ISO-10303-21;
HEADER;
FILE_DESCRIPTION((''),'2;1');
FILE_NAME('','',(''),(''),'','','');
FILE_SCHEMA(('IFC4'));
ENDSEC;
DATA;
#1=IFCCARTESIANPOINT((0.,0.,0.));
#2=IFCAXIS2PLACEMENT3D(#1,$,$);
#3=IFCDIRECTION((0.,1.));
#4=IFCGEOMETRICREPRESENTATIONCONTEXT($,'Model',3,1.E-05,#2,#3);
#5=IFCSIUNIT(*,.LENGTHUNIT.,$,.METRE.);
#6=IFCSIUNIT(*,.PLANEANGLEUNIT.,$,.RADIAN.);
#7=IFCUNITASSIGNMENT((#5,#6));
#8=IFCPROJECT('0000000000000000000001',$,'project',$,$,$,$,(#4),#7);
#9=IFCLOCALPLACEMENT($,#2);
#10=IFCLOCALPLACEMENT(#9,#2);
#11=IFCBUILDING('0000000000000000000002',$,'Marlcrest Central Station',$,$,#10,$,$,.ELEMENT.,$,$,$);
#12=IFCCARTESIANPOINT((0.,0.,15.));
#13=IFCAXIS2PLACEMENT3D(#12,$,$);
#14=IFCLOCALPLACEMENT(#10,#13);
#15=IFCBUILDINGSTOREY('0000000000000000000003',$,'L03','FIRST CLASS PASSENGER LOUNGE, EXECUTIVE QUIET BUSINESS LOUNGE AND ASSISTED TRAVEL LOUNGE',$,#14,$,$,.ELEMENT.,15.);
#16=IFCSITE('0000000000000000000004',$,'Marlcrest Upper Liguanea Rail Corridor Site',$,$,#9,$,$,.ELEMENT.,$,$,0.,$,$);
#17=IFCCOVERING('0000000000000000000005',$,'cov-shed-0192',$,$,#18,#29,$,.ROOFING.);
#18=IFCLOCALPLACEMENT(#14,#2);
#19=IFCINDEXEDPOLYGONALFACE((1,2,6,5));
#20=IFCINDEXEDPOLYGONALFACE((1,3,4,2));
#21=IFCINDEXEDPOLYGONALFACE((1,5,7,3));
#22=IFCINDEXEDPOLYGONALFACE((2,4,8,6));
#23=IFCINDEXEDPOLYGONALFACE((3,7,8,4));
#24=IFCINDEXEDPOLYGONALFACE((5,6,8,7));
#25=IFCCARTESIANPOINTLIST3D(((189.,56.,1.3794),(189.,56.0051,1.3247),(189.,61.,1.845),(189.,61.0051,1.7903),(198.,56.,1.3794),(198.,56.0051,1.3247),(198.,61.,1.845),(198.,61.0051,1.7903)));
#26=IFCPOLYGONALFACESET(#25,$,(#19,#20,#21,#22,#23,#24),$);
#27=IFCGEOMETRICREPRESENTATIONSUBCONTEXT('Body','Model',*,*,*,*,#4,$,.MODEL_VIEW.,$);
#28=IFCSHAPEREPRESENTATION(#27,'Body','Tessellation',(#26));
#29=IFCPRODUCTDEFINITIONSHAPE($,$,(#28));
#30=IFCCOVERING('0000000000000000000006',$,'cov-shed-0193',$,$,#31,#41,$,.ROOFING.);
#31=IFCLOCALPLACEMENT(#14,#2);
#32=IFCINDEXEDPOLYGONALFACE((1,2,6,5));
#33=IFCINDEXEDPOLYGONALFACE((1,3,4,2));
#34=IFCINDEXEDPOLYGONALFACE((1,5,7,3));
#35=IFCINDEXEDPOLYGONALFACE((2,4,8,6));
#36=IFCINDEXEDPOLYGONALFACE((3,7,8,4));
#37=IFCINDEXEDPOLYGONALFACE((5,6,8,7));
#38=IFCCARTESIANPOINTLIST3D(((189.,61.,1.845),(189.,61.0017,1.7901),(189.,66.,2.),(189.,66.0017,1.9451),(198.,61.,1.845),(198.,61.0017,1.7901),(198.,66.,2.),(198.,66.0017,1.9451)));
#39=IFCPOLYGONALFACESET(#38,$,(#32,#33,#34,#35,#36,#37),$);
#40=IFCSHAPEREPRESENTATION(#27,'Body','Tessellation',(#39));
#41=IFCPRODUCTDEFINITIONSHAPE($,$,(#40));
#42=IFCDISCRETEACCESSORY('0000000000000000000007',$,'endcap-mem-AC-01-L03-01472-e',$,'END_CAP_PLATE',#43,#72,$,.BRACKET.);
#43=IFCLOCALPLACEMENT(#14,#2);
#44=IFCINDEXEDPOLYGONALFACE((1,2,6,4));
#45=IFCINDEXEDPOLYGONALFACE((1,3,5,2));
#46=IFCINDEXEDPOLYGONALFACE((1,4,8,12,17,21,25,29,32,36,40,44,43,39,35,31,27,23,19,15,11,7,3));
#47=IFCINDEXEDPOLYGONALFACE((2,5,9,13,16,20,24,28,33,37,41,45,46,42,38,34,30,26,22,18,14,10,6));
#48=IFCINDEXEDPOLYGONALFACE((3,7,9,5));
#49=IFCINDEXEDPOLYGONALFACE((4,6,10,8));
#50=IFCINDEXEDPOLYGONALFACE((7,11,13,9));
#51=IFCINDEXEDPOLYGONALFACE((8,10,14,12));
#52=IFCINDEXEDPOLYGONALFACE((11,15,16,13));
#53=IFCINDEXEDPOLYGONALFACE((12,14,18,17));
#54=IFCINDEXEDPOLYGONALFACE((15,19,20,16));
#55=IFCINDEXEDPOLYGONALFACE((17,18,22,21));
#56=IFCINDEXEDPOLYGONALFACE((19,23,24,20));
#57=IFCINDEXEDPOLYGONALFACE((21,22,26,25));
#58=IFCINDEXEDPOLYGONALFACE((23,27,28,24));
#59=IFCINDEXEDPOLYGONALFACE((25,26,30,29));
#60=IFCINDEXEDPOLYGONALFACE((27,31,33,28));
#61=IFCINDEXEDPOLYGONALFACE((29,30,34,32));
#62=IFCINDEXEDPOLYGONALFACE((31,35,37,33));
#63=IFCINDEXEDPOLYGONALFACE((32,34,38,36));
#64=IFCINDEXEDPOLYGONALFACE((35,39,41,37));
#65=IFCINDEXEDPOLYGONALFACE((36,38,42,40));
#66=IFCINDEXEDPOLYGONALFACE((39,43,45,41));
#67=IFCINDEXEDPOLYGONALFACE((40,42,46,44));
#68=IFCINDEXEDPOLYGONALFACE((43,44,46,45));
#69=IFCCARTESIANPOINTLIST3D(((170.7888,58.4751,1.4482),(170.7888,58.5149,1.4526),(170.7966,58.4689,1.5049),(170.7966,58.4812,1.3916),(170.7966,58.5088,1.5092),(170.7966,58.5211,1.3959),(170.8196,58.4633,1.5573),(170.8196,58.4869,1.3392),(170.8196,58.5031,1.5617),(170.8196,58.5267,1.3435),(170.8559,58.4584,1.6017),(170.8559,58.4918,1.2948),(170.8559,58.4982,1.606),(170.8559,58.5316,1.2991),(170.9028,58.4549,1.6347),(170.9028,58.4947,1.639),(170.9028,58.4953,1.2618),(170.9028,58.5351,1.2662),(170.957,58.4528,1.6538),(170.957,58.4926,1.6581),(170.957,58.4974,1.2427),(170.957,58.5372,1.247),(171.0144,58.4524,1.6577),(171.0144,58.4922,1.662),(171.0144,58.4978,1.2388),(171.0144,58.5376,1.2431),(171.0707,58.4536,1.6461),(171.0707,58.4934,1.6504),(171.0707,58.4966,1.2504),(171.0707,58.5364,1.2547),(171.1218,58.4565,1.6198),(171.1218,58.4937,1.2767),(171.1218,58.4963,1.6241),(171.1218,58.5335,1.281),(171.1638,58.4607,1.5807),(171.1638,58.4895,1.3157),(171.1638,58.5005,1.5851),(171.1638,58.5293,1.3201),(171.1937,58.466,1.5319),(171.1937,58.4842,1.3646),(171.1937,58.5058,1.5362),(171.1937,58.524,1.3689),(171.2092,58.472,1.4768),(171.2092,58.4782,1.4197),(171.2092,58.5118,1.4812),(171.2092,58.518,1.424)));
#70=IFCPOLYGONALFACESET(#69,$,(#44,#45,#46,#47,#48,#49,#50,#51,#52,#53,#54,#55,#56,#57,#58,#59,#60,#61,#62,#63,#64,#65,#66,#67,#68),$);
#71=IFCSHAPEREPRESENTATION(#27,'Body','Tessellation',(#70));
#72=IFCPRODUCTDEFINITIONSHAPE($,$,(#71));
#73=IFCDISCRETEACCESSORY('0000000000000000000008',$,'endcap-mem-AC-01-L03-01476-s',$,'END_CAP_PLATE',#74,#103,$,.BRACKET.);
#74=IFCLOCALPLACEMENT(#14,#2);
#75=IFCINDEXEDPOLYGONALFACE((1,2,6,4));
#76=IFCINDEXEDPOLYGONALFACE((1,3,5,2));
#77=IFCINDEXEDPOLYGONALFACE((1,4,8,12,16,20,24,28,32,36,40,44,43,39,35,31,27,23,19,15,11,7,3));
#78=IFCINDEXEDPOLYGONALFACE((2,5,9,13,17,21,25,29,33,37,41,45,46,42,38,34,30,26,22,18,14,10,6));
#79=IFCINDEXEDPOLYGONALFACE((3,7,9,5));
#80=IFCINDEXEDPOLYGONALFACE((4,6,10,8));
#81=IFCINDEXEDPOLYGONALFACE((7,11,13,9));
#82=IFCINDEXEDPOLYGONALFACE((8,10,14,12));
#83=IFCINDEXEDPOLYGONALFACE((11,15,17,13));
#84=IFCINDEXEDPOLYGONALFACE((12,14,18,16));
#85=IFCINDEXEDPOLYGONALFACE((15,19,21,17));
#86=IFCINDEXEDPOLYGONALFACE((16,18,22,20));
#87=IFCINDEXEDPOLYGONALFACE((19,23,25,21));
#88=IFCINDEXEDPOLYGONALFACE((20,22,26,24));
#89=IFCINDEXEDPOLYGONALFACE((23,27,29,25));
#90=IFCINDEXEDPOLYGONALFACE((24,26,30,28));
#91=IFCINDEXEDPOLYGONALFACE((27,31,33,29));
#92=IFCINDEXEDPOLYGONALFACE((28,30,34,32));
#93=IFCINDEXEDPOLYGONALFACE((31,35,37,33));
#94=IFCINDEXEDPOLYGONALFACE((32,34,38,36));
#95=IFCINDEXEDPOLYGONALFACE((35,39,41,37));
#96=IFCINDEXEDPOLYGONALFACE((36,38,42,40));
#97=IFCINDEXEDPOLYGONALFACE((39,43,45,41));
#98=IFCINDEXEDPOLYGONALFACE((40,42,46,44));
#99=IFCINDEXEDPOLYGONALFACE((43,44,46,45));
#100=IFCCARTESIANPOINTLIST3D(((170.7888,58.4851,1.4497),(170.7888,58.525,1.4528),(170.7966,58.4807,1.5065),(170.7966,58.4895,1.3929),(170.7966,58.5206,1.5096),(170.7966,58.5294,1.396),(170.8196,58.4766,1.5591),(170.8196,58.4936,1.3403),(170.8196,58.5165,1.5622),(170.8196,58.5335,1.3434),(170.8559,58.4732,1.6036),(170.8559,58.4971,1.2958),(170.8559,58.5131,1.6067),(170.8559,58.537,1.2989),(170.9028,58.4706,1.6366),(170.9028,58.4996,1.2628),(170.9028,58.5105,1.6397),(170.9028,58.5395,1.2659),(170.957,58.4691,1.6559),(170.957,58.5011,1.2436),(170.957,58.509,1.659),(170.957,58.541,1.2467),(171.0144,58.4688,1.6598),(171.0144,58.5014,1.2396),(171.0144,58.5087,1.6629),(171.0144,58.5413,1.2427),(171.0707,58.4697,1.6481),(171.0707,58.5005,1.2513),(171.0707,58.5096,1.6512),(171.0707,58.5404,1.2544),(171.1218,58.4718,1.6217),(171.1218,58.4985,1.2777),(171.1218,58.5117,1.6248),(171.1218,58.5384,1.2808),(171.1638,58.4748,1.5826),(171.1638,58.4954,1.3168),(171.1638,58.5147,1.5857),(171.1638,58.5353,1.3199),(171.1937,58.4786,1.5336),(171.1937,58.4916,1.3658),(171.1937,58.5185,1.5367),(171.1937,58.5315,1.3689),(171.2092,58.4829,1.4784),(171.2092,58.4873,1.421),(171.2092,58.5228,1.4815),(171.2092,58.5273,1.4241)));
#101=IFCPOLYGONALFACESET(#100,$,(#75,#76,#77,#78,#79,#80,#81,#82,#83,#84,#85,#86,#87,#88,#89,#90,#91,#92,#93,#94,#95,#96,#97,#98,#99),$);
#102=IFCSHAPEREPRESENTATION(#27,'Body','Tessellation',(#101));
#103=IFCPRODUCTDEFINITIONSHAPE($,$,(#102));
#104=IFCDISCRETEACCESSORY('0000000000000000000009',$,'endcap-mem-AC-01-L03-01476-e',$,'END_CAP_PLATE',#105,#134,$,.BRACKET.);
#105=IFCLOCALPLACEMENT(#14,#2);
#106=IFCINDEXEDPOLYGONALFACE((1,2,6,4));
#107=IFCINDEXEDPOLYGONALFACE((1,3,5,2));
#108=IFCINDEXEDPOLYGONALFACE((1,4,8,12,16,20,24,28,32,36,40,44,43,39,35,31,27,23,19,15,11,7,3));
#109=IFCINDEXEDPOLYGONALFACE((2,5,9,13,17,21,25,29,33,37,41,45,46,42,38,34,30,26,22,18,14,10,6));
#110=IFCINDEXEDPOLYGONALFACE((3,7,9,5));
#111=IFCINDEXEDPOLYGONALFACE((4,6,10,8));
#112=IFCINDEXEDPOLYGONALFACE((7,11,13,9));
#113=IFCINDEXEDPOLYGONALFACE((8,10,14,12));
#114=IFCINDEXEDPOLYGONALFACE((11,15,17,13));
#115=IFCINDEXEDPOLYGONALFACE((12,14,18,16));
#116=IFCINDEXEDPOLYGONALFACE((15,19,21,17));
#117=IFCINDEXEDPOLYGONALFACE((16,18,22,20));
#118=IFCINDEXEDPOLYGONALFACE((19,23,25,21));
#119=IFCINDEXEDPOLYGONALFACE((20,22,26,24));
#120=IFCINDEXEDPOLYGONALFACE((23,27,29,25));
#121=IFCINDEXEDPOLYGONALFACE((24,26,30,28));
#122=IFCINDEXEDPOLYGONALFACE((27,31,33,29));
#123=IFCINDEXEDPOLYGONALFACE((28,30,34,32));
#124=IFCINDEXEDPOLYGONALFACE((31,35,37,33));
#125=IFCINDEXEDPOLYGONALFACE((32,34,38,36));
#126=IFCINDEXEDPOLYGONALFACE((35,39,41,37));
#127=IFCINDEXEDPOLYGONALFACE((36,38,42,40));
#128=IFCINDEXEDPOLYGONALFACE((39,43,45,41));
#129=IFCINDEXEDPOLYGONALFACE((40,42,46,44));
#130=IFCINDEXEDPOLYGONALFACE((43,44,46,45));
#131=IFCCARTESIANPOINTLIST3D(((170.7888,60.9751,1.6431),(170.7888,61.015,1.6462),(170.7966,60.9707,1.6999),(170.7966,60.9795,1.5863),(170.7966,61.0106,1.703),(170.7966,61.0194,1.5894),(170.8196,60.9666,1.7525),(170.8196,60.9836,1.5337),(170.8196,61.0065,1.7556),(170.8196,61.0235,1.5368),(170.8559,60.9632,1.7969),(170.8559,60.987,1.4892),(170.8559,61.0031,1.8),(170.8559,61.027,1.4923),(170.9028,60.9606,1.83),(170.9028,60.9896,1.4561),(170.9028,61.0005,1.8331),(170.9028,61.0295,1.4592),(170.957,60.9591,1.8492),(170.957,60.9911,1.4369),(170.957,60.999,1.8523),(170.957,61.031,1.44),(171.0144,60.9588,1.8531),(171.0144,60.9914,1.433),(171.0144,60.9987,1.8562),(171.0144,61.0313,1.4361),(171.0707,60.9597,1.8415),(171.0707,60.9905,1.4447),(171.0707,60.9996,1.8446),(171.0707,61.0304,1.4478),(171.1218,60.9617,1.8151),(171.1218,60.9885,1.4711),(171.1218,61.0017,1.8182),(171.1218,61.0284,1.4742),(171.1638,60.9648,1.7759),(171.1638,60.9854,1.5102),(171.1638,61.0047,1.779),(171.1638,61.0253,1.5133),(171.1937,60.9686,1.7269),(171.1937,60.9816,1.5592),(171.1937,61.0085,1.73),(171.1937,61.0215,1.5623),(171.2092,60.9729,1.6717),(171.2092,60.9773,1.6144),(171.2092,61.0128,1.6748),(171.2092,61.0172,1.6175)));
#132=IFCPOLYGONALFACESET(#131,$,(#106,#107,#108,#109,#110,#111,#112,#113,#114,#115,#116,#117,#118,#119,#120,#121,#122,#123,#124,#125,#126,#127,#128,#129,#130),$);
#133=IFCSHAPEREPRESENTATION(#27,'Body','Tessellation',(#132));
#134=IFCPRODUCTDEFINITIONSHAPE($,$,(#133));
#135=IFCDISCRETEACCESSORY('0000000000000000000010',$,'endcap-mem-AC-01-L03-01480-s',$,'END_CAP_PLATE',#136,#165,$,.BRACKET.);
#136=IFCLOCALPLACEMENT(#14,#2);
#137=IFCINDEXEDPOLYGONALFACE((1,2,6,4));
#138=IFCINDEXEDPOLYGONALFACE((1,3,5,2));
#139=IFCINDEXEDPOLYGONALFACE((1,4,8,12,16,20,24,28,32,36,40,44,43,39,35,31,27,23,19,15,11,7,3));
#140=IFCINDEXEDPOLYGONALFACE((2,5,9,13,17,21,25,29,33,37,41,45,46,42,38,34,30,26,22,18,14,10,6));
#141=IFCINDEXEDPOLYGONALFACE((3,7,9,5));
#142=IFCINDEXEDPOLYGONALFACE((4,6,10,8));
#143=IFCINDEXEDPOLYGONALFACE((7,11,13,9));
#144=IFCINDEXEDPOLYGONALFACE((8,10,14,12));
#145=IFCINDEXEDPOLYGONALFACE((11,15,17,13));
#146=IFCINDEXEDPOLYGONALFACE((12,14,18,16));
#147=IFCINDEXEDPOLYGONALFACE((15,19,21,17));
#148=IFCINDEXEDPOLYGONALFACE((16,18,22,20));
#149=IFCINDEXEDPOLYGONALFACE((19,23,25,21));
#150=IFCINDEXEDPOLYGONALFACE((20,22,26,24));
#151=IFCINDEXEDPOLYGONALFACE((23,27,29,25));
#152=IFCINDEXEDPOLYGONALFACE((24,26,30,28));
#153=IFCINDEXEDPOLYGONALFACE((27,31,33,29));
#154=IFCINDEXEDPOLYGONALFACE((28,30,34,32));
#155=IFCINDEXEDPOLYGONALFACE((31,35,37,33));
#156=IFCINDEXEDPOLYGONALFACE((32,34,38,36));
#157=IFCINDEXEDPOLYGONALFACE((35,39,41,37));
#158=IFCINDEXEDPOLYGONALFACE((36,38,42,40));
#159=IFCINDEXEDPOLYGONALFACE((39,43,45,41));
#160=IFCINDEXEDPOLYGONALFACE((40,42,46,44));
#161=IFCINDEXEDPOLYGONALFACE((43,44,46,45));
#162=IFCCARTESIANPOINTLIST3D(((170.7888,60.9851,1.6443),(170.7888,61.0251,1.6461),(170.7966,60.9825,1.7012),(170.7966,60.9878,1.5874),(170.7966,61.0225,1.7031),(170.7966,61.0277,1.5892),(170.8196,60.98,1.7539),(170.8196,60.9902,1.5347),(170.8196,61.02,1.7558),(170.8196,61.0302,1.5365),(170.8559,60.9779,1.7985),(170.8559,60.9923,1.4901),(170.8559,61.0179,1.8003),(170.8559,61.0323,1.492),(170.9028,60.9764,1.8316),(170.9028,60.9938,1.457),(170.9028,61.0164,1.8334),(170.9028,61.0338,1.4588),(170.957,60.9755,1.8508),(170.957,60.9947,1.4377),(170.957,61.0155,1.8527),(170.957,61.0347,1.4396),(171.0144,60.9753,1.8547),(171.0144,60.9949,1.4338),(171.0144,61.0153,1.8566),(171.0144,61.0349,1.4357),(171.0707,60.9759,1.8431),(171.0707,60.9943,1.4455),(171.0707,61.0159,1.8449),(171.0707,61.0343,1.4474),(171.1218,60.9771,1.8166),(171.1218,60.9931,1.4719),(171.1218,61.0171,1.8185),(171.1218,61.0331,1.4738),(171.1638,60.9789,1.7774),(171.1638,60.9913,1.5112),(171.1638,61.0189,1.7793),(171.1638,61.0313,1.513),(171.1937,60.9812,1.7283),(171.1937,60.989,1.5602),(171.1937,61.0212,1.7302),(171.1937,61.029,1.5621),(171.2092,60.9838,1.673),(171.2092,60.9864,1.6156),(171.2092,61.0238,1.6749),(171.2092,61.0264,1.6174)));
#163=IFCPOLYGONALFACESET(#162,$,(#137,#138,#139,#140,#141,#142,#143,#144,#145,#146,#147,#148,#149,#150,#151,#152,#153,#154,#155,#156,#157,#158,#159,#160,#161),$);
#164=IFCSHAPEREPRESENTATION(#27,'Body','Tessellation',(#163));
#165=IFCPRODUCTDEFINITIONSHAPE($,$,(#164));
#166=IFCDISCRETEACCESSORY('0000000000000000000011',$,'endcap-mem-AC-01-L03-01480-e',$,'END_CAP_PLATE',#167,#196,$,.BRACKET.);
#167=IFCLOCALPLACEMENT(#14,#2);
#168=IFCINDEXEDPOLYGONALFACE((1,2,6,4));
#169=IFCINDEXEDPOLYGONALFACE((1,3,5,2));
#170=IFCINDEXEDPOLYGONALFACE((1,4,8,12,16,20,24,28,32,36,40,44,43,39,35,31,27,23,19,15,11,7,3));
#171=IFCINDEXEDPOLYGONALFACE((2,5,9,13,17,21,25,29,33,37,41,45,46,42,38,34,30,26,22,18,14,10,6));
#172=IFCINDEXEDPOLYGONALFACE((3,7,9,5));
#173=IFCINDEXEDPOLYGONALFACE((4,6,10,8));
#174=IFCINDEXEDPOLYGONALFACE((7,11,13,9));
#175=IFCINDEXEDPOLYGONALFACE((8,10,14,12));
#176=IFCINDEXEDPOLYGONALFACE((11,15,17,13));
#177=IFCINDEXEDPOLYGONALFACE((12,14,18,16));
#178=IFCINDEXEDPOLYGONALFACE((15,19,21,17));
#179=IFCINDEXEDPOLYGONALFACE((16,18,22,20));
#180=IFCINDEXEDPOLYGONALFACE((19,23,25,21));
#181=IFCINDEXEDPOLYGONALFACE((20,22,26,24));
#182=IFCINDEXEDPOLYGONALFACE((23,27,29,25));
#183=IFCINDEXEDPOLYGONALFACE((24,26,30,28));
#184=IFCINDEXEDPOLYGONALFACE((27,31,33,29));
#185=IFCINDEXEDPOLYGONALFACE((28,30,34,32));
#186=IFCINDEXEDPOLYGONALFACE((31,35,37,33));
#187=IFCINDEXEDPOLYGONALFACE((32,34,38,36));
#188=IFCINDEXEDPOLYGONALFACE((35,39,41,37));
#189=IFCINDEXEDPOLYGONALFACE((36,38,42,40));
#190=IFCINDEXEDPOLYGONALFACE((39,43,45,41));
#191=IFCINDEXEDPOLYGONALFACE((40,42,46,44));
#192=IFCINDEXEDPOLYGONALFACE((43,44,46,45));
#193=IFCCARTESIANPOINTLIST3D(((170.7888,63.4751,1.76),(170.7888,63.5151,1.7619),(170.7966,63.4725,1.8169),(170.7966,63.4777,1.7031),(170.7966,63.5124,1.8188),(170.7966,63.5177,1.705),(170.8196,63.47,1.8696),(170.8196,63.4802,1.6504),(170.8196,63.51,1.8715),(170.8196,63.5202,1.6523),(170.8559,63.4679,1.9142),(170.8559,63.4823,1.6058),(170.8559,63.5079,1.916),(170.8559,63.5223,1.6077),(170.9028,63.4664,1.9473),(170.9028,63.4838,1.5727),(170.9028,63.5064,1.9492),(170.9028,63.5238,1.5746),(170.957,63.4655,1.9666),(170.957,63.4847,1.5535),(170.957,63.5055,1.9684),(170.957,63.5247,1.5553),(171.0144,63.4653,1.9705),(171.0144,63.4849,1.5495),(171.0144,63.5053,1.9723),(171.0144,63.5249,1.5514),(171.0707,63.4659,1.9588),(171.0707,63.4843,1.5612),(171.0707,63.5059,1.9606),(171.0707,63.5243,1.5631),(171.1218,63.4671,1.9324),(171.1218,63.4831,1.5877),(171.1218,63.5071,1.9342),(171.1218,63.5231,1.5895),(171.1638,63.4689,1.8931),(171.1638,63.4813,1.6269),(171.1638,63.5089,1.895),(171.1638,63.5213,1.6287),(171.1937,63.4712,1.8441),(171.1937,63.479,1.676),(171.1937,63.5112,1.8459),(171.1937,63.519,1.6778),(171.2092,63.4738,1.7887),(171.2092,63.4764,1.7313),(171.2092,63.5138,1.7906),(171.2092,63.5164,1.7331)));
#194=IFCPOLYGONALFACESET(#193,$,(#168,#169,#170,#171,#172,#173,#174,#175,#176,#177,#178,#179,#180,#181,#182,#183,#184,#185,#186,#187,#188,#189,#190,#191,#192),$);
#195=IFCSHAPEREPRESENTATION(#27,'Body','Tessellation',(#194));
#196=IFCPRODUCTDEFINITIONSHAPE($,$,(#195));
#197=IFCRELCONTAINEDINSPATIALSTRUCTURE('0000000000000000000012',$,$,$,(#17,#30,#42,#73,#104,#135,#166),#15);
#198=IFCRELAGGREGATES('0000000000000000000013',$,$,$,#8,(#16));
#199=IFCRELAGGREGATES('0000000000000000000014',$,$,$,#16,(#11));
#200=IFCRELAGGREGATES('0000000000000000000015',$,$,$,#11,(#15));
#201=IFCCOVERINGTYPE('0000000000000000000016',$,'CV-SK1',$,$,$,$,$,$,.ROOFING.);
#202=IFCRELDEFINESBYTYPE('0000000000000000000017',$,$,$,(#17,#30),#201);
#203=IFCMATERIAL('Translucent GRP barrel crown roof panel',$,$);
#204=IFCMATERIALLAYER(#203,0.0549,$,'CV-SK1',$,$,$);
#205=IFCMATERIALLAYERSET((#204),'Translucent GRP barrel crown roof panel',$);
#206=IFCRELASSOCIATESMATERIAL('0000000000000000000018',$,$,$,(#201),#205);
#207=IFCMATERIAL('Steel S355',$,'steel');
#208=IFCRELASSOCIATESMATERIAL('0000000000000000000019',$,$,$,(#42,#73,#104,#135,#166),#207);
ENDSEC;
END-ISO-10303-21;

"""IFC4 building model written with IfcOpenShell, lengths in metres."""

from ifc_helpers import new_model, si_unit, direction, frame, origin, origin_2d, place, context, subcontext, project, spatial, polyline, circle, outline, extrude, material, layer, layer_set, type_object, element, save


model = new_model("IFC4")

# Units and contexts
model_context = context("Model", 3, precision=1e-05, world=origin(), true_north=direction((0.0, 1.0)))
body_context = subcontext(model_context, "Body", "Model", "MODEL_VIEW")
ifc_project = project(units=[si_unit("LENGTHUNIT", "METRE"), si_unit("PLANEANGLEUNIT", "RADIAN")], contexts=[model_context])

# Site, building, storey
site_placement = place(None, origin())
site = spatial("IfcSite", under=ifc_project, at=site_placement, Name="Marlcrest Upper Liguanea Rail Corridor Site", CompositionType="ELEMENT", RefElevation=0.0)
building_placement = place(site_placement, origin())
building = spatial("IfcBuilding", under=site, at=building_placement, Name="Marlcrest Central Station", CompositionType="ELEMENT")
storey_placement = place(building_placement, frame((0.0, 0.0, 15.0)))
storey = spatial("IfcBuildingStorey", under=building, at=storey_placement, Name="L03", Description="FIRST CLASS PASSENGER LOUNGE, EXECUTIVE QUIET BUSINESS LOUNGE AND ASSISTED TRAVEL LOUNGE", CompositionType="ELEMENT", Elevation=15.0)

# Shared definitions
ifc_material_1 = material(Name="Steel S355", Category="steel")

# Coverings
ifc_material_2 = material(Name="Translucent GRP barrel crown roof panel")
ifc_layer = layer(ifc_material_2, 0.0549, Name="CV-SK1")
ifc_layer_set = layer_set([ifc_layer], Name="Translucent GRP barrel crown roof panel")
covering_type = type_object("IfcCoveringType", Name="CV-SK1", PredefinedType="ROOFING", material=ifc_layer_set)
covering_1_placement = place(storey_placement, frame((189.0, 56.0, 1.3794), z_axis=(0.0, -0.092714, 0.995693), x_axis=(1.0, 0.0, 0.0)))
element("IfcCovering", 1, at=covering_1_placement, inside=storey, type_object=covering_type, Name="cov-shed-0192", PredefinedType="ROOFING", context=body_context, shape_type="SweptSolid", body=[
    extrude(outline(polyline([(0.0, 0.0), (9.0, 0.0), (9.0, 5.0216), (0.0, 5.0216), (0.0, 0.0)])), origin(), (0.0, 0.0, -1.0), 0.0549),
])
covering_2_placement = place(storey_placement, frame((189.0, 61.0, 1.845), z_axis=(0.0, -0.030991, 0.99952), x_axis=(1.0, 0.0, 0.0)))
element("IfcCovering", 2, at=covering_2_placement, inside=storey, type_object=covering_type, Name="cov-shed-0193", PredefinedType="ROOFING", context=body_context, shape_type="SweptSolid", body=[
    extrude(outline(polyline([(0.0, 0.0), (9.0, 0.0), (9.0, 5.0024), (0.0, 5.0024), (0.0, 0.0)])), origin(), (0.0, 0.0, -1.0), 0.0549),
])

# Discrete accessories
for number, where, z_axis, x_axis, name in (
    (3, (171.0, 58.4751, 1.4482), (0.0, 0.994155, 0.107959), (-1.0, 0.0, 0.0), "endcap-mem-AC-01-L03-01472-e"),
    (4, (171.0, 58.4851, 1.4497), (0.0, 0.997, 0.077404), (-1.0, 0.0, 0.0), "endcap-mem-AC-01-L03-01476-s"),
    (5, (171.0, 60.9751, 1.6431), (0.0, 0.997, 0.077404), (-1.0, 0.0, 0.0), "endcap-mem-AC-01-L03-01476-e"),
    (6, (171.0, 60.9851, 1.6443), (0.0, 0.998921, 0.046434), (-1.0, 0.0, 0.0), "endcap-mem-AC-01-L03-01480-s"),
    (7, (171.0, 63.4751, 1.76), (0.0, 0.998921, 0.046434), (-1.0, 0.0, 0.0), "endcap-mem-AC-01-L03-01480-e"),
):
    element("IfcDiscreteAccessory", number, at=place(storey_placement, frame(where, z_axis=z_axis, x_axis=x_axis)), inside=storey, material=ifc_material_1, Name=name, ObjectType="END_CAP_PLATE", PredefinedType="BRACKET", context=body_context, shape_type="SweptSolid", body=[
        extrude(circle(Radius=0.2112, at=origin_2d()), origin(), (0.0, 0.0, 1.0), 0.04),
    ])

save(model, "model.ifc")
